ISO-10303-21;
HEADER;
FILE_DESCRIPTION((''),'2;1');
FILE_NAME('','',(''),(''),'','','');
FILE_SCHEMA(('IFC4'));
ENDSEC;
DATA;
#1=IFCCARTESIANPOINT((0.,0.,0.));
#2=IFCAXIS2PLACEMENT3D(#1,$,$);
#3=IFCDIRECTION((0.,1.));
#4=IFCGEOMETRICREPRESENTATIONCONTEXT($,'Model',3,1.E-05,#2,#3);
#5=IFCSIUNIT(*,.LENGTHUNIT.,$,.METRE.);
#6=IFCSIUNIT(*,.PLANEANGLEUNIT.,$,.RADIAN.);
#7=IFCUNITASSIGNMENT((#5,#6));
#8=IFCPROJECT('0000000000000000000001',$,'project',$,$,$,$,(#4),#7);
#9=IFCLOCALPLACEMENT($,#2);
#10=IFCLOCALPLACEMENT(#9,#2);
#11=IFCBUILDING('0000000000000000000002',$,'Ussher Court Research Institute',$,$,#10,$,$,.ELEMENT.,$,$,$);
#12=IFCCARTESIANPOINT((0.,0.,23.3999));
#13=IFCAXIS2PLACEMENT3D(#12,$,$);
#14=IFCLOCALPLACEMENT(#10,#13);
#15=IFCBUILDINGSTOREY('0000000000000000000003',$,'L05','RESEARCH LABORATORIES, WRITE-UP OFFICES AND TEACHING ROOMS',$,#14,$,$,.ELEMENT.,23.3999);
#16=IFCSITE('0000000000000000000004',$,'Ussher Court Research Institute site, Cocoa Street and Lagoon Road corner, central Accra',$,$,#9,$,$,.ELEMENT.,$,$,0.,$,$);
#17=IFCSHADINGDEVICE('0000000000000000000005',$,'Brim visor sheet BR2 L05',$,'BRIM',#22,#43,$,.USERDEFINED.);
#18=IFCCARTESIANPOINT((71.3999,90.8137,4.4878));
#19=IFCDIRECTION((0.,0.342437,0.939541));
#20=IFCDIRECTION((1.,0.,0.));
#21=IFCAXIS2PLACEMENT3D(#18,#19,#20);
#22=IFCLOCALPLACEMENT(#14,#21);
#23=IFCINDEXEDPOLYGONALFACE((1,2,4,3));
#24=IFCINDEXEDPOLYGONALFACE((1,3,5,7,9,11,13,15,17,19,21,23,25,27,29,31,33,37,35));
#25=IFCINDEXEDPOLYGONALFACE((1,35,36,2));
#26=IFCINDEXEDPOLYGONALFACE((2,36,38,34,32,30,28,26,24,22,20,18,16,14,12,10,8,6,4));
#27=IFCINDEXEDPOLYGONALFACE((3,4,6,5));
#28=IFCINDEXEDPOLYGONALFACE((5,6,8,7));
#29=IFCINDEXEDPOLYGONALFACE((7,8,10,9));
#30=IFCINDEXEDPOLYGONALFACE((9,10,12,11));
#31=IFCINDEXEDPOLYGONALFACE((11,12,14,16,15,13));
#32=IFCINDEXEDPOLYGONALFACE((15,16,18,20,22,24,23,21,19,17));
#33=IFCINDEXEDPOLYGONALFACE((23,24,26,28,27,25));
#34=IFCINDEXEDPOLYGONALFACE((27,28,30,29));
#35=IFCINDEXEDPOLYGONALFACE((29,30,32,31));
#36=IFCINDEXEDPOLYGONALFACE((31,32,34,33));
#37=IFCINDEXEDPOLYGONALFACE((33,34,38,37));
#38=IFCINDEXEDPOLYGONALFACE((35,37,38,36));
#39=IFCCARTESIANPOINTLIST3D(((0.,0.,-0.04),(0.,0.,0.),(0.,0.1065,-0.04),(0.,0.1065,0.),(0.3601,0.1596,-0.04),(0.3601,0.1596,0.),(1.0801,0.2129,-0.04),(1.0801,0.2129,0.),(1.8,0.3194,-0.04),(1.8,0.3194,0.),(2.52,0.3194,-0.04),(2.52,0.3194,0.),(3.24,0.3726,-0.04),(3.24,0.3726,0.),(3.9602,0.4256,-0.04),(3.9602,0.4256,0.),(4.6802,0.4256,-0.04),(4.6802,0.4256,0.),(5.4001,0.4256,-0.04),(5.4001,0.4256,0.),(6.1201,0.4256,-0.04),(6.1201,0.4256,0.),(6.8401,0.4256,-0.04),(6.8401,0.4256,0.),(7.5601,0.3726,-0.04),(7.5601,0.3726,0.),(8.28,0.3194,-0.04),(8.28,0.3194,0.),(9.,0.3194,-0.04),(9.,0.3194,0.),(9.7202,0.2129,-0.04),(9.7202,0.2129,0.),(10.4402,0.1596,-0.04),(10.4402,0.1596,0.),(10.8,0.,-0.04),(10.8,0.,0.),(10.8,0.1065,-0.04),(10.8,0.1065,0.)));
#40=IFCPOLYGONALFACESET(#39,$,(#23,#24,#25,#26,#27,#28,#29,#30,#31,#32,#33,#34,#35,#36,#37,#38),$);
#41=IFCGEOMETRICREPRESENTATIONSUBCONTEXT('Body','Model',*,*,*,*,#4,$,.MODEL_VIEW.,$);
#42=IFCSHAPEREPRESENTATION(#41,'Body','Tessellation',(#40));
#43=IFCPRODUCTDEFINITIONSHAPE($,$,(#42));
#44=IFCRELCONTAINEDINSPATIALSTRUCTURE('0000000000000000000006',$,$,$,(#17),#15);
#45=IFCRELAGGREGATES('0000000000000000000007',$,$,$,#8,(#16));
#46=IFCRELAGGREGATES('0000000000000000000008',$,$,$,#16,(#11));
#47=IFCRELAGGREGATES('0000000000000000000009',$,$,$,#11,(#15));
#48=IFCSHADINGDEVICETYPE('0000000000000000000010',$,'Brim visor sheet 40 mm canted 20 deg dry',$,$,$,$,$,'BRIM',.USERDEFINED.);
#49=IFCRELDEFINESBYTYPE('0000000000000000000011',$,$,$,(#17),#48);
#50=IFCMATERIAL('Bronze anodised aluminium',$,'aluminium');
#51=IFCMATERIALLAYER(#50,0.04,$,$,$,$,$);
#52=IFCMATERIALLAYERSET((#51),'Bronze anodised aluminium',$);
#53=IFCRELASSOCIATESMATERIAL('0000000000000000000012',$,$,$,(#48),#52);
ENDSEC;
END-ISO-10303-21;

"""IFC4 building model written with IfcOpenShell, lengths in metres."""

from ifc_helpers import new_model, si_unit, direction, frame, origin, place, context, subcontext, project, spatial, polyline, outline, extrude, material, layer, layer_set, type_object, element, save


model = new_model("IFC4")

# Units and contexts
model_context = context("Model", 3, precision=1e-05, world=origin(), true_north=direction((0.0, 1.0)))
body_context = subcontext(model_context, "Body", "Model", "MODEL_VIEW")
ifc_project = project(units=[si_unit("LENGTHUNIT", "METRE"), si_unit("PLANEANGLEUNIT", "RADIAN")], contexts=[model_context])

# Site, building, storey
site_placement = place(None, origin())
site = spatial("IfcSite", under=ifc_project, at=site_placement, Name="Ussher Court Research Institute site, Cocoa Street and Lagoon Road corner, central Accra", CompositionType="ELEMENT", RefElevation=0.0)
building_placement = place(site_placement, origin())
building = spatial("IfcBuilding", under=site, at=building_placement, Name="Ussher Court Research Institute", CompositionType="ELEMENT")
storey_placement = place(building_placement, frame((0.0, 0.0, 23.3999)))
storey = spatial("IfcBuildingStorey", under=building, at=storey_placement, Name="L05", Description="RESEARCH LABORATORIES, WRITE-UP OFFICES AND TEACHING ROOMS", CompositionType="ELEMENT", Elevation=23.3999)

# Shading device
ifc_material_1 = material(Name="Bronze anodised aluminium", Category="aluminium")
ifc_layer_1 = layer(ifc_material_1, 0.04)
ifc_layer_set_1 = layer_set([ifc_layer_1], Name="Bronze anodised aluminium")
shading_device_type_1 = type_object("IfcShadingDeviceType", Name="Brim visor sheet 40 mm canted 20 deg dry", ElementType="BRIM", PredefinedType="USERDEFINED", material=ifc_layer_set_1)
shading_device_placement = place(storey_placement, frame((71.3999, 90.8137, 4.4878), z_axis=(0.0, 0.342437, 0.939541), x_axis=(1.0, 0.0, 0.0)))
element("IfcShadingDevice", 1, at=shading_device_placement, inside=storey, type_object=shading_device_type_1, Name="Brim visor sheet BR2 L05", ObjectType="BRIM", PredefinedType="USERDEFINED", context=body_context, shape_type="SweptSolid", body=[
    extrude(outline(polyline([(0.0, 0.0), (10.8, 0.0), (10.8, 0.1065), (10.4402, 0.1596), (9.7202, 0.2129), (9.0, 0.3194), (8.28, 0.3194), (7.5601, 0.3726), (6.8401, 0.4256), (6.1201, 0.4256), (5.4001, 0.4256), (4.6802, 0.4256), (3.9602, 0.4256), (3.24, 0.3726), (2.52, 0.3194), (1.8, 0.3194), (1.0801, 0.2129), (0.3601, 0.1596), (0.0, 0.1065), (0.0, 0.0)])), origin(), (0.0, 0.0, -1.0), 0.04),
])

save(model, "model.ifc")
